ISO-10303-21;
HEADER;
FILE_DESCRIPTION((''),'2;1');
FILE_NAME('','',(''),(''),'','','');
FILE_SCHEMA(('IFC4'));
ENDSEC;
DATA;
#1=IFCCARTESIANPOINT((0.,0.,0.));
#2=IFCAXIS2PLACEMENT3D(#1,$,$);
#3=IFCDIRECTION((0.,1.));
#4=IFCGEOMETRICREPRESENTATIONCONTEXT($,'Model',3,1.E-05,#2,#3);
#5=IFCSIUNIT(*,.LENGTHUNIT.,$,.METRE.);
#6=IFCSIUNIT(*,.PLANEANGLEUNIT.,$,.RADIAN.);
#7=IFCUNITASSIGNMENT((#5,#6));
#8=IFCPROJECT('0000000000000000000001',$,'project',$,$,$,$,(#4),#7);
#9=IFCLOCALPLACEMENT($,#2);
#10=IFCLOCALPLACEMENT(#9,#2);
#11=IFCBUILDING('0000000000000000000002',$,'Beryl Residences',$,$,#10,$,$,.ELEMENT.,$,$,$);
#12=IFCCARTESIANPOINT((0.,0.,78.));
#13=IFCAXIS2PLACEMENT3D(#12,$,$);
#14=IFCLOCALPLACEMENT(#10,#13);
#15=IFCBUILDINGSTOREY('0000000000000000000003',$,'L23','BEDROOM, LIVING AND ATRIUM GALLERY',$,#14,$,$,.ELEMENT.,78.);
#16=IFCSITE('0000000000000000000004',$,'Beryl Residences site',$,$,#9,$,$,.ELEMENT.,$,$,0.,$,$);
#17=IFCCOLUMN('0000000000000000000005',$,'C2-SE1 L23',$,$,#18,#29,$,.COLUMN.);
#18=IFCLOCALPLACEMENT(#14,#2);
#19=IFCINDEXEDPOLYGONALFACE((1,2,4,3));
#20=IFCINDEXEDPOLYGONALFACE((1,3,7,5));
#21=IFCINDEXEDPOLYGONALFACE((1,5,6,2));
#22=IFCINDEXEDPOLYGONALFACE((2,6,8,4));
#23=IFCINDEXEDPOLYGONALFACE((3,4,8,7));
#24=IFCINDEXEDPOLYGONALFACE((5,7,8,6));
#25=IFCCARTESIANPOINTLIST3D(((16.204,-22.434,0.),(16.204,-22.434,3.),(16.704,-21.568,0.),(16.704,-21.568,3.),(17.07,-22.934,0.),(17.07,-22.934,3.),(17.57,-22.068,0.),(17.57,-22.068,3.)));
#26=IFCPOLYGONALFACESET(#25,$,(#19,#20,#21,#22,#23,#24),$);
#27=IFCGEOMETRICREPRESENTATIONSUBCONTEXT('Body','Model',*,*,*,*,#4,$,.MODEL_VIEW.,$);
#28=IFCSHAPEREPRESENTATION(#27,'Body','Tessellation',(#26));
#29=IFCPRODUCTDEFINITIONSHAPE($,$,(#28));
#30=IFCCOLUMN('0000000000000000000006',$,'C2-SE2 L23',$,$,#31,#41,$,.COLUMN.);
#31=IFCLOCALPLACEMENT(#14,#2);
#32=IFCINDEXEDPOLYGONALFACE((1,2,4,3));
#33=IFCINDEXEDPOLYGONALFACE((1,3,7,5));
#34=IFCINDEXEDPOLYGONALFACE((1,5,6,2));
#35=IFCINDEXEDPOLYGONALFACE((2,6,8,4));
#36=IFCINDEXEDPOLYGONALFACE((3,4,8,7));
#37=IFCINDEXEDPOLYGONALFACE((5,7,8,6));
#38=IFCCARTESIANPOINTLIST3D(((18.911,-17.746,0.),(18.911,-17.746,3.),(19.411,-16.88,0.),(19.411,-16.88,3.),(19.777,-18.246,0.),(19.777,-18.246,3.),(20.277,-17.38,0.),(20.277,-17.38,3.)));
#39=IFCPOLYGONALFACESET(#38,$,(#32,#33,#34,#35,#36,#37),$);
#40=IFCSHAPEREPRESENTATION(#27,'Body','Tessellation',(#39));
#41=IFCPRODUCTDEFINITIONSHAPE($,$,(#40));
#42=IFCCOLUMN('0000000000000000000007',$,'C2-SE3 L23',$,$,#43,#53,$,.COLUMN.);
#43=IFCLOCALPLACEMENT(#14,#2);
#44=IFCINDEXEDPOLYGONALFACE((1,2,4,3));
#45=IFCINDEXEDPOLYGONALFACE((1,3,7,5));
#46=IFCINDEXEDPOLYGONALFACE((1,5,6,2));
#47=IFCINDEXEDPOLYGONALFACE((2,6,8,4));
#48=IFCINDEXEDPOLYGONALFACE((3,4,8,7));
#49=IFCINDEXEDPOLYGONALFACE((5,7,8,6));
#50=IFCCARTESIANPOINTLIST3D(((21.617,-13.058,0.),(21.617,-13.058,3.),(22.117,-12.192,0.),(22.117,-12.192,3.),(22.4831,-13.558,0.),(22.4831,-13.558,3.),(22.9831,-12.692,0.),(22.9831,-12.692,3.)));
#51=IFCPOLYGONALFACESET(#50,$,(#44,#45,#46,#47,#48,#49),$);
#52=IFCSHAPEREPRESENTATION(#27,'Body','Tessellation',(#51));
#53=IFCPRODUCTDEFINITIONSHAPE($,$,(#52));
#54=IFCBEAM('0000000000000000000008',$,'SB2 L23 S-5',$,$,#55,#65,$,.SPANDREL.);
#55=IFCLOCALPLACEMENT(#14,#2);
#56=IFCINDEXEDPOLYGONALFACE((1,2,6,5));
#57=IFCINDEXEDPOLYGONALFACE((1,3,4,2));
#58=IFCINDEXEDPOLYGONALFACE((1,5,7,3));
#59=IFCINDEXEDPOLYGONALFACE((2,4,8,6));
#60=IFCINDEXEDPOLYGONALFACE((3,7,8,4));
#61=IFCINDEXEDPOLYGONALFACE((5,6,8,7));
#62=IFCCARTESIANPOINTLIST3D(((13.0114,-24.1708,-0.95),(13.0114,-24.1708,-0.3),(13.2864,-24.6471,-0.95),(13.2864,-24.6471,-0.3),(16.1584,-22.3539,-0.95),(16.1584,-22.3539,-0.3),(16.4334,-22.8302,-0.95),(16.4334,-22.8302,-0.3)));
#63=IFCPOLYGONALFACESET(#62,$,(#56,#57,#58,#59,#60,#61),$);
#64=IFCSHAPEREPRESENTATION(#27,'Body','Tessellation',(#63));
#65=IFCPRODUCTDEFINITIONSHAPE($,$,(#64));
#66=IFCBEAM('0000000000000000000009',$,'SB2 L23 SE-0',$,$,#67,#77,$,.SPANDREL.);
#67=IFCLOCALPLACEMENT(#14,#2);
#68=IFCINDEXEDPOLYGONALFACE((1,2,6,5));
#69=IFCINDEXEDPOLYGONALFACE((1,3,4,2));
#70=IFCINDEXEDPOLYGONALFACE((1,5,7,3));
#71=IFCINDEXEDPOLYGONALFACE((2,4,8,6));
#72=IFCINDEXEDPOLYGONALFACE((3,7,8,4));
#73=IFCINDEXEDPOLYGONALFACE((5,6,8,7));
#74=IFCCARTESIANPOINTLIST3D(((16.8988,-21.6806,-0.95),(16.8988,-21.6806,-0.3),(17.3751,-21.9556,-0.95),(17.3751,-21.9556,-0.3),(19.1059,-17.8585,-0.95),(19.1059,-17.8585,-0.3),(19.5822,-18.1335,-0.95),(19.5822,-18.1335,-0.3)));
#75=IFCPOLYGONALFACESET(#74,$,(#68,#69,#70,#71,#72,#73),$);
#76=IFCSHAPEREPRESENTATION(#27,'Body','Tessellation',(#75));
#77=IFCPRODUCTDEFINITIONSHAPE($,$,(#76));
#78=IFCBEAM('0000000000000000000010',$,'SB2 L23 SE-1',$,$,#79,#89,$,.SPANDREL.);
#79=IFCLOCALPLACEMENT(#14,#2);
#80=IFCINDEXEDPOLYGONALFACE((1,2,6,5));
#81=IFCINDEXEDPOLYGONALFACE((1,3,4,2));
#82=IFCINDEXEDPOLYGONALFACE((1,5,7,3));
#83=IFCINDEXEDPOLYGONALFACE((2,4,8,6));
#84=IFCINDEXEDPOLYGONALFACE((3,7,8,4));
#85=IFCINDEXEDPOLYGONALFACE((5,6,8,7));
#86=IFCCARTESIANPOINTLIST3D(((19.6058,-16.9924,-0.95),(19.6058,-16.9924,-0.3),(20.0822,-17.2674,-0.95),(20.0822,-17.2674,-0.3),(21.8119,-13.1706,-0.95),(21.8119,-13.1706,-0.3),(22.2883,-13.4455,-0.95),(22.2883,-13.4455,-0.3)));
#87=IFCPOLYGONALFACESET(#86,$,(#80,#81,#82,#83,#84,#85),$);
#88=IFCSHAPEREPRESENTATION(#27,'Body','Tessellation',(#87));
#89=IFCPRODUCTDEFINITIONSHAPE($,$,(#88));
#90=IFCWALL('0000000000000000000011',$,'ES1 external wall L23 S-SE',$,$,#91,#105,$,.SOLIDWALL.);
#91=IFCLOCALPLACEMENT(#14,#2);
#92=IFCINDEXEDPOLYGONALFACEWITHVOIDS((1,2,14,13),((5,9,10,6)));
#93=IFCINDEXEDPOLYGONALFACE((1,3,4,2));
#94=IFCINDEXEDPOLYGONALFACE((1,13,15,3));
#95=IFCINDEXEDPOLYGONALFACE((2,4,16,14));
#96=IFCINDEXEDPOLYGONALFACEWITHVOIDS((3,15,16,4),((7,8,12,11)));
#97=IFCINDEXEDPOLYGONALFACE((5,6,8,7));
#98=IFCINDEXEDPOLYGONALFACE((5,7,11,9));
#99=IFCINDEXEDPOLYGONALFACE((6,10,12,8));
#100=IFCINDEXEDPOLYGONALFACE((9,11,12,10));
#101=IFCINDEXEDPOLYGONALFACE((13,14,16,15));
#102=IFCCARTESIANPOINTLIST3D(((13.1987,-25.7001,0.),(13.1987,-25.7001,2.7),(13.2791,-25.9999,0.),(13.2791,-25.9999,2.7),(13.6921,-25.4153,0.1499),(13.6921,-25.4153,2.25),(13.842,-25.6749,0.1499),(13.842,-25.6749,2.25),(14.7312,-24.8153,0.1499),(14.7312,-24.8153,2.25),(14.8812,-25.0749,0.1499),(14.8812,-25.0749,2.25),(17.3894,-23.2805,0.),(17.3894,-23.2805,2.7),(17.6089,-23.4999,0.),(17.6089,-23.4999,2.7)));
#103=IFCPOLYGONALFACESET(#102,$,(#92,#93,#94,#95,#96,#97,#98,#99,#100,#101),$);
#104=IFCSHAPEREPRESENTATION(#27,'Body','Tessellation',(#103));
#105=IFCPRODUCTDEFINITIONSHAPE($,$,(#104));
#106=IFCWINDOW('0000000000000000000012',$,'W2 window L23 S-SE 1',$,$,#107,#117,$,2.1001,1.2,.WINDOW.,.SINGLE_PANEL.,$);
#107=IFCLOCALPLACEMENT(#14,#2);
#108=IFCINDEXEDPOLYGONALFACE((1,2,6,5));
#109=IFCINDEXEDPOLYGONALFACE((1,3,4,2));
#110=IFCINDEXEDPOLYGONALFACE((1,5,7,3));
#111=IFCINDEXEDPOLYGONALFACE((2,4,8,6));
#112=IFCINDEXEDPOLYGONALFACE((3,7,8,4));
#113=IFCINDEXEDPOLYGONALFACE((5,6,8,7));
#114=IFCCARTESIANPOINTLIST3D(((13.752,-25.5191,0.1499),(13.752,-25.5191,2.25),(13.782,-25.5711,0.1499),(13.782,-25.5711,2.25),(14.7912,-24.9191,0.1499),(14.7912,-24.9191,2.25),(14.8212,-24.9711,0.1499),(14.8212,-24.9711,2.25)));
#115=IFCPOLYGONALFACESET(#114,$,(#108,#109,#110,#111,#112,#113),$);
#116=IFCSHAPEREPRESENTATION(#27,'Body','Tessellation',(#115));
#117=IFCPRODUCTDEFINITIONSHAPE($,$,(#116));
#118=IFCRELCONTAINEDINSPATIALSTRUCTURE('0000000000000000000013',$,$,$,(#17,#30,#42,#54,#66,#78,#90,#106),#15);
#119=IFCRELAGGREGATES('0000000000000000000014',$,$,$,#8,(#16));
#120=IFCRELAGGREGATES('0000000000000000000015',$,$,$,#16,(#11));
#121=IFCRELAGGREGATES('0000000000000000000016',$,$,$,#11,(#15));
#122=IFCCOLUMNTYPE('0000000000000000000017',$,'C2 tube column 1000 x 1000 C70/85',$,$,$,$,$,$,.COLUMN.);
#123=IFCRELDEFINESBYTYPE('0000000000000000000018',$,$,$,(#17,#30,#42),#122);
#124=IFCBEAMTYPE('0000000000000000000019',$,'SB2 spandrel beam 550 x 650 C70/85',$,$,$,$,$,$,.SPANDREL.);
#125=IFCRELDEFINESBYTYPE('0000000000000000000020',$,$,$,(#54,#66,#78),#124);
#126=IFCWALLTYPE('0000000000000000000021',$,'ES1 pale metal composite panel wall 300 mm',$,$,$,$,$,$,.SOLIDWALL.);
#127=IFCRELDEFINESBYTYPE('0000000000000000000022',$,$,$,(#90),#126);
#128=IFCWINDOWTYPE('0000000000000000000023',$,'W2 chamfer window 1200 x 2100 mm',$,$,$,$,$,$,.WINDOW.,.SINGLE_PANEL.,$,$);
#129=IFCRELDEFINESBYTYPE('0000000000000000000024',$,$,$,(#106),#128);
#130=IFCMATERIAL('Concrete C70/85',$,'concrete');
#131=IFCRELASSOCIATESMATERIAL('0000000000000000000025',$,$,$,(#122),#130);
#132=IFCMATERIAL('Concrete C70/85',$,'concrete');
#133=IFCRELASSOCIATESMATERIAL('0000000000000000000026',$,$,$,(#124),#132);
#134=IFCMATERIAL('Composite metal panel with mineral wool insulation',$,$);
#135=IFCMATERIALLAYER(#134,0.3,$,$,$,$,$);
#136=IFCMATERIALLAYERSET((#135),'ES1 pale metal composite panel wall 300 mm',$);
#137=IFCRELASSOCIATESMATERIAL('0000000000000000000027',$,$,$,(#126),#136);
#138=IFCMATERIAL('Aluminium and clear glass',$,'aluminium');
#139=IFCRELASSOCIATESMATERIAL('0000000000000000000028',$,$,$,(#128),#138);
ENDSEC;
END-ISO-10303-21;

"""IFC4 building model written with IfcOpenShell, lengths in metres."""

from ifc_helpers import new_model, si_unit, direction, frame, frame_2d, origin, origin_2d, place, context, subcontext, project, spatial, polyline, rectangle, outline, extrude, material, layer, layer_set, material_profile, profile_set, type_object, element, fill, save


model = new_model("IFC4")

# Units and contexts
model_context = context("Model", 3, precision=1e-05, world=origin(), true_north=direction((0.0, 1.0)))
body_context = subcontext(model_context, "Body", "Model", "MODEL_VIEW")
ifc_project = project(units=[si_unit("LENGTHUNIT", "METRE"), si_unit("PLANEANGLEUNIT", "RADIAN")], contexts=[model_context])

# Site, building, storey
site_placement = place(None, origin())
site = spatial("IfcSite", under=ifc_project, at=site_placement, Name="Beryl Residences site", CompositionType="ELEMENT", RefElevation=0.0)
building_placement = place(site_placement, origin())
building = spatial("IfcBuilding", under=site, at=building_placement, Name="Beryl Residences", CompositionType="ELEMENT")
storey_placement = place(building_placement, frame((0.0, 0.0, 78.0)))
storey = spatial("IfcBuildingStorey", under=building, at=storey_placement, Name="L23", Description="BEDROOM, LIVING AND ATRIUM GALLERY", CompositionType="ELEMENT", Elevation=78.0)

# Columns
ifc_material_1 = material(Name="Concrete C70/85", Category="concrete")
ifc_material_profile_1 = material_profile(ifc_material_1, rectangle(XDim=1.0, YDim=1.0, at=origin_2d()))
ifc_profile_set_1 = profile_set([ifc_material_profile_1], Name="Concrete C70/85")
column_type = type_object("IfcColumnType", Name="C2 tube column 1000 x 1000 C70/85", PredefinedType="COLUMN", material=ifc_profile_set_1)
for number, where, z_axis, x_axis, name in (
    (1, (16.887, -22.251, 0.0), (0.0, 0.0, 1.0), (0.5, 0.866025, 0.0), "C2-SE1 L23"),
    (2, (19.594, -17.563, 0.0), (0.0, 0.0, 1.0), (0.5, 0.866025, 0.0), "C2-SE2 L23"),
    (3, (22.3, -12.875, 0.0), (0.0, 0.0, 1.0), (0.5, 0.866025, 0.0), "C2-SE3 L23"),
):
    element("IfcColumn", number, at=place(storey_placement, frame(where, z_axis=z_axis, x_axis=x_axis)), inside=storey, type_object=column_type, Name=name, PredefinedType="COLUMN", context=body_context, shape_type="SweptSolid", body=[
        extrude(rectangle(XDim=1.0, YDim=1.0, at=origin_2d()), origin(), (0.0, 0.0, 1.0), 3.0),
    ])

# Beams
ifc_material_2 = material(Name="Concrete C70/85", Category="concrete")
ifc_material_profile_2 = material_profile(ifc_material_2, rectangle(XDim=0.55, YDim=0.6499, at=origin_2d()))
ifc_profile_set_2 = profile_set([ifc_material_profile_2], Name="Concrete C70/85")
beam_type = type_object("IfcBeamType", Name="SB2 spandrel beam 550 x 650 C70/85", PredefinedType="SPANDREL", material=ifc_profile_set_2)
beam_1_placement = place(storey_placement, frame((13.1489, -24.4089, -0.625), z_axis=(0.866027, 0.499998, 0.0), x_axis=(-0.499998, 0.866027, 0.0)))
element("IfcBeam", 4, at=beam_1_placement, inside=storey, type_object=beam_type, Name="SB2 L23 S-5", PredefinedType="SPANDREL", context=body_context, shape_type="SweptSolid", body=[
    extrude(rectangle(XDim=0.55, YDim=0.6499, at=origin_2d()), origin(), (0.0, 0.0, 1.0), 3.6338),
])
beam_2_placement = place(storey_placement, frame((17.137, -21.8181, -0.625), z_axis=(0.500066, 0.865988, 0.0), x_axis=(-0.865988, 0.500066, 0.0)))
element("IfcBeam", 5, at=beam_2_placement, inside=storey, type_object=beam_type, Name="SB2 L23 SE-0", PredefinedType="SPANDREL", context=body_context, shape_type="SweptSolid", body=[
    extrude(rectangle(XDim=0.55, YDim=0.6499, at=origin_2d()), origin(), (0.0, 0.0, 1.0), 4.4136),
])
beam_3_placement = place(storey_placement, frame((19.844, -17.1299, -0.625), z_axis=(0.499924, 0.86607, 0.0), x_axis=(-0.86607, 0.499924, 0.0)))
element("IfcBeam", 6, at=beam_3_placement, inside=storey, type_object=beam_type, Name="SB2 L23 SE-1", PredefinedType="SPANDREL", context=body_context, shape_type="SweptSolid", body=[
    extrude(rectangle(XDim=0.55, YDim=0.6499, at=origin_2d()), origin(), (0.0, 0.0, 1.0), 4.4128),
])

# Wall, opening, window
ifc_material_3 = material(Name="Composite metal panel with mineral wool insulation")
ifc_layer_1 = layer(ifc_material_3, 0.3)
ifc_layer_set_1 = layer_set([ifc_layer_1], Name="ES1 pale metal composite panel wall 300 mm")
wall_type_1 = type_object("IfcWallType", Name="ES1 pale metal composite panel wall 300 mm", PredefinedType="SOLIDWALL", material=ifc_layer_set_1)
wall_1_placement = place(storey_placement, frame((13.2041, -25.8701, 0.0), z_axis=(0.0, 0.0, 1.0), x_axis=(0.866011, 0.500025, 0.0)))
wall_1 = element("IfcWall", 7, at=wall_1_placement, inside=storey, type_object=wall_type_1, Name="ES1 external wall L23 S-SE", PredefinedType="SOLIDWALL", context=body_context, shape_type="SweptSolid", body=[
    extrude(outline(polyline([(0.0, -0.1499), (4.9998, -0.1499), (4.9194, 0.1499), (0.0803, 0.1499), (0.0, -0.1499)])), origin(), (0.0, 0.0, 1.0), 2.7),
])
opening_1_placement = place(wall_1_placement, frame((0.6499, 0.0, 0.1499)))
opening_1 = element("IfcOpeningElement", 8, at=opening_1_placement, cuts=wall_1, PredefinedType="OPENING", context=body_context, shape_type="SweptSolid", body=[
    extrude(rectangle(XDim=1.2, YDim=2.1001, at=frame_2d((0.6001, 1.05))), frame((0.0, 0.1599, 0.0), z_axis=(0.0, -1.0, 0.0), x_axis=(1.0, 0.0, 0.0)), (0.0, 0.0, 1.0), 0.3201),
])
ifc_material_4 = material(Name="Aluminium and clear glass", Category="aluminium")
window_type_1 = type_object("IfcWindowType", Name="W2 chamfer window 1200 x 2100 mm", PartitioningType="SINGLE_PANEL", PredefinedType="WINDOW", material=ifc_material_4)
window_1_placement = place(opening_1_placement, origin())
window_1 = element("IfcWindow", 9, at=window_1_placement, inside=storey, type_object=window_type_1, Name="W2 window L23 S-SE 1", OverallHeight=2.1001, OverallWidth=1.2, PartitioningType="SINGLE_PANEL", PredefinedType="WINDOW", context=body_context, shape_type="SweptSolid", body=[
    extrude(rectangle(XDim=1.2, YDim=2.1001, at=frame_2d((0.6001, 1.05))), frame((0.0, 0.03, 0.0), z_axis=(0.0, -1.0, 0.0), x_axis=(1.0, 0.0, 0.0)), (0.0, 0.0, 1.0), 0.0601),
])
fill(opening_1, window_1)

save(model, "model.ifc")
